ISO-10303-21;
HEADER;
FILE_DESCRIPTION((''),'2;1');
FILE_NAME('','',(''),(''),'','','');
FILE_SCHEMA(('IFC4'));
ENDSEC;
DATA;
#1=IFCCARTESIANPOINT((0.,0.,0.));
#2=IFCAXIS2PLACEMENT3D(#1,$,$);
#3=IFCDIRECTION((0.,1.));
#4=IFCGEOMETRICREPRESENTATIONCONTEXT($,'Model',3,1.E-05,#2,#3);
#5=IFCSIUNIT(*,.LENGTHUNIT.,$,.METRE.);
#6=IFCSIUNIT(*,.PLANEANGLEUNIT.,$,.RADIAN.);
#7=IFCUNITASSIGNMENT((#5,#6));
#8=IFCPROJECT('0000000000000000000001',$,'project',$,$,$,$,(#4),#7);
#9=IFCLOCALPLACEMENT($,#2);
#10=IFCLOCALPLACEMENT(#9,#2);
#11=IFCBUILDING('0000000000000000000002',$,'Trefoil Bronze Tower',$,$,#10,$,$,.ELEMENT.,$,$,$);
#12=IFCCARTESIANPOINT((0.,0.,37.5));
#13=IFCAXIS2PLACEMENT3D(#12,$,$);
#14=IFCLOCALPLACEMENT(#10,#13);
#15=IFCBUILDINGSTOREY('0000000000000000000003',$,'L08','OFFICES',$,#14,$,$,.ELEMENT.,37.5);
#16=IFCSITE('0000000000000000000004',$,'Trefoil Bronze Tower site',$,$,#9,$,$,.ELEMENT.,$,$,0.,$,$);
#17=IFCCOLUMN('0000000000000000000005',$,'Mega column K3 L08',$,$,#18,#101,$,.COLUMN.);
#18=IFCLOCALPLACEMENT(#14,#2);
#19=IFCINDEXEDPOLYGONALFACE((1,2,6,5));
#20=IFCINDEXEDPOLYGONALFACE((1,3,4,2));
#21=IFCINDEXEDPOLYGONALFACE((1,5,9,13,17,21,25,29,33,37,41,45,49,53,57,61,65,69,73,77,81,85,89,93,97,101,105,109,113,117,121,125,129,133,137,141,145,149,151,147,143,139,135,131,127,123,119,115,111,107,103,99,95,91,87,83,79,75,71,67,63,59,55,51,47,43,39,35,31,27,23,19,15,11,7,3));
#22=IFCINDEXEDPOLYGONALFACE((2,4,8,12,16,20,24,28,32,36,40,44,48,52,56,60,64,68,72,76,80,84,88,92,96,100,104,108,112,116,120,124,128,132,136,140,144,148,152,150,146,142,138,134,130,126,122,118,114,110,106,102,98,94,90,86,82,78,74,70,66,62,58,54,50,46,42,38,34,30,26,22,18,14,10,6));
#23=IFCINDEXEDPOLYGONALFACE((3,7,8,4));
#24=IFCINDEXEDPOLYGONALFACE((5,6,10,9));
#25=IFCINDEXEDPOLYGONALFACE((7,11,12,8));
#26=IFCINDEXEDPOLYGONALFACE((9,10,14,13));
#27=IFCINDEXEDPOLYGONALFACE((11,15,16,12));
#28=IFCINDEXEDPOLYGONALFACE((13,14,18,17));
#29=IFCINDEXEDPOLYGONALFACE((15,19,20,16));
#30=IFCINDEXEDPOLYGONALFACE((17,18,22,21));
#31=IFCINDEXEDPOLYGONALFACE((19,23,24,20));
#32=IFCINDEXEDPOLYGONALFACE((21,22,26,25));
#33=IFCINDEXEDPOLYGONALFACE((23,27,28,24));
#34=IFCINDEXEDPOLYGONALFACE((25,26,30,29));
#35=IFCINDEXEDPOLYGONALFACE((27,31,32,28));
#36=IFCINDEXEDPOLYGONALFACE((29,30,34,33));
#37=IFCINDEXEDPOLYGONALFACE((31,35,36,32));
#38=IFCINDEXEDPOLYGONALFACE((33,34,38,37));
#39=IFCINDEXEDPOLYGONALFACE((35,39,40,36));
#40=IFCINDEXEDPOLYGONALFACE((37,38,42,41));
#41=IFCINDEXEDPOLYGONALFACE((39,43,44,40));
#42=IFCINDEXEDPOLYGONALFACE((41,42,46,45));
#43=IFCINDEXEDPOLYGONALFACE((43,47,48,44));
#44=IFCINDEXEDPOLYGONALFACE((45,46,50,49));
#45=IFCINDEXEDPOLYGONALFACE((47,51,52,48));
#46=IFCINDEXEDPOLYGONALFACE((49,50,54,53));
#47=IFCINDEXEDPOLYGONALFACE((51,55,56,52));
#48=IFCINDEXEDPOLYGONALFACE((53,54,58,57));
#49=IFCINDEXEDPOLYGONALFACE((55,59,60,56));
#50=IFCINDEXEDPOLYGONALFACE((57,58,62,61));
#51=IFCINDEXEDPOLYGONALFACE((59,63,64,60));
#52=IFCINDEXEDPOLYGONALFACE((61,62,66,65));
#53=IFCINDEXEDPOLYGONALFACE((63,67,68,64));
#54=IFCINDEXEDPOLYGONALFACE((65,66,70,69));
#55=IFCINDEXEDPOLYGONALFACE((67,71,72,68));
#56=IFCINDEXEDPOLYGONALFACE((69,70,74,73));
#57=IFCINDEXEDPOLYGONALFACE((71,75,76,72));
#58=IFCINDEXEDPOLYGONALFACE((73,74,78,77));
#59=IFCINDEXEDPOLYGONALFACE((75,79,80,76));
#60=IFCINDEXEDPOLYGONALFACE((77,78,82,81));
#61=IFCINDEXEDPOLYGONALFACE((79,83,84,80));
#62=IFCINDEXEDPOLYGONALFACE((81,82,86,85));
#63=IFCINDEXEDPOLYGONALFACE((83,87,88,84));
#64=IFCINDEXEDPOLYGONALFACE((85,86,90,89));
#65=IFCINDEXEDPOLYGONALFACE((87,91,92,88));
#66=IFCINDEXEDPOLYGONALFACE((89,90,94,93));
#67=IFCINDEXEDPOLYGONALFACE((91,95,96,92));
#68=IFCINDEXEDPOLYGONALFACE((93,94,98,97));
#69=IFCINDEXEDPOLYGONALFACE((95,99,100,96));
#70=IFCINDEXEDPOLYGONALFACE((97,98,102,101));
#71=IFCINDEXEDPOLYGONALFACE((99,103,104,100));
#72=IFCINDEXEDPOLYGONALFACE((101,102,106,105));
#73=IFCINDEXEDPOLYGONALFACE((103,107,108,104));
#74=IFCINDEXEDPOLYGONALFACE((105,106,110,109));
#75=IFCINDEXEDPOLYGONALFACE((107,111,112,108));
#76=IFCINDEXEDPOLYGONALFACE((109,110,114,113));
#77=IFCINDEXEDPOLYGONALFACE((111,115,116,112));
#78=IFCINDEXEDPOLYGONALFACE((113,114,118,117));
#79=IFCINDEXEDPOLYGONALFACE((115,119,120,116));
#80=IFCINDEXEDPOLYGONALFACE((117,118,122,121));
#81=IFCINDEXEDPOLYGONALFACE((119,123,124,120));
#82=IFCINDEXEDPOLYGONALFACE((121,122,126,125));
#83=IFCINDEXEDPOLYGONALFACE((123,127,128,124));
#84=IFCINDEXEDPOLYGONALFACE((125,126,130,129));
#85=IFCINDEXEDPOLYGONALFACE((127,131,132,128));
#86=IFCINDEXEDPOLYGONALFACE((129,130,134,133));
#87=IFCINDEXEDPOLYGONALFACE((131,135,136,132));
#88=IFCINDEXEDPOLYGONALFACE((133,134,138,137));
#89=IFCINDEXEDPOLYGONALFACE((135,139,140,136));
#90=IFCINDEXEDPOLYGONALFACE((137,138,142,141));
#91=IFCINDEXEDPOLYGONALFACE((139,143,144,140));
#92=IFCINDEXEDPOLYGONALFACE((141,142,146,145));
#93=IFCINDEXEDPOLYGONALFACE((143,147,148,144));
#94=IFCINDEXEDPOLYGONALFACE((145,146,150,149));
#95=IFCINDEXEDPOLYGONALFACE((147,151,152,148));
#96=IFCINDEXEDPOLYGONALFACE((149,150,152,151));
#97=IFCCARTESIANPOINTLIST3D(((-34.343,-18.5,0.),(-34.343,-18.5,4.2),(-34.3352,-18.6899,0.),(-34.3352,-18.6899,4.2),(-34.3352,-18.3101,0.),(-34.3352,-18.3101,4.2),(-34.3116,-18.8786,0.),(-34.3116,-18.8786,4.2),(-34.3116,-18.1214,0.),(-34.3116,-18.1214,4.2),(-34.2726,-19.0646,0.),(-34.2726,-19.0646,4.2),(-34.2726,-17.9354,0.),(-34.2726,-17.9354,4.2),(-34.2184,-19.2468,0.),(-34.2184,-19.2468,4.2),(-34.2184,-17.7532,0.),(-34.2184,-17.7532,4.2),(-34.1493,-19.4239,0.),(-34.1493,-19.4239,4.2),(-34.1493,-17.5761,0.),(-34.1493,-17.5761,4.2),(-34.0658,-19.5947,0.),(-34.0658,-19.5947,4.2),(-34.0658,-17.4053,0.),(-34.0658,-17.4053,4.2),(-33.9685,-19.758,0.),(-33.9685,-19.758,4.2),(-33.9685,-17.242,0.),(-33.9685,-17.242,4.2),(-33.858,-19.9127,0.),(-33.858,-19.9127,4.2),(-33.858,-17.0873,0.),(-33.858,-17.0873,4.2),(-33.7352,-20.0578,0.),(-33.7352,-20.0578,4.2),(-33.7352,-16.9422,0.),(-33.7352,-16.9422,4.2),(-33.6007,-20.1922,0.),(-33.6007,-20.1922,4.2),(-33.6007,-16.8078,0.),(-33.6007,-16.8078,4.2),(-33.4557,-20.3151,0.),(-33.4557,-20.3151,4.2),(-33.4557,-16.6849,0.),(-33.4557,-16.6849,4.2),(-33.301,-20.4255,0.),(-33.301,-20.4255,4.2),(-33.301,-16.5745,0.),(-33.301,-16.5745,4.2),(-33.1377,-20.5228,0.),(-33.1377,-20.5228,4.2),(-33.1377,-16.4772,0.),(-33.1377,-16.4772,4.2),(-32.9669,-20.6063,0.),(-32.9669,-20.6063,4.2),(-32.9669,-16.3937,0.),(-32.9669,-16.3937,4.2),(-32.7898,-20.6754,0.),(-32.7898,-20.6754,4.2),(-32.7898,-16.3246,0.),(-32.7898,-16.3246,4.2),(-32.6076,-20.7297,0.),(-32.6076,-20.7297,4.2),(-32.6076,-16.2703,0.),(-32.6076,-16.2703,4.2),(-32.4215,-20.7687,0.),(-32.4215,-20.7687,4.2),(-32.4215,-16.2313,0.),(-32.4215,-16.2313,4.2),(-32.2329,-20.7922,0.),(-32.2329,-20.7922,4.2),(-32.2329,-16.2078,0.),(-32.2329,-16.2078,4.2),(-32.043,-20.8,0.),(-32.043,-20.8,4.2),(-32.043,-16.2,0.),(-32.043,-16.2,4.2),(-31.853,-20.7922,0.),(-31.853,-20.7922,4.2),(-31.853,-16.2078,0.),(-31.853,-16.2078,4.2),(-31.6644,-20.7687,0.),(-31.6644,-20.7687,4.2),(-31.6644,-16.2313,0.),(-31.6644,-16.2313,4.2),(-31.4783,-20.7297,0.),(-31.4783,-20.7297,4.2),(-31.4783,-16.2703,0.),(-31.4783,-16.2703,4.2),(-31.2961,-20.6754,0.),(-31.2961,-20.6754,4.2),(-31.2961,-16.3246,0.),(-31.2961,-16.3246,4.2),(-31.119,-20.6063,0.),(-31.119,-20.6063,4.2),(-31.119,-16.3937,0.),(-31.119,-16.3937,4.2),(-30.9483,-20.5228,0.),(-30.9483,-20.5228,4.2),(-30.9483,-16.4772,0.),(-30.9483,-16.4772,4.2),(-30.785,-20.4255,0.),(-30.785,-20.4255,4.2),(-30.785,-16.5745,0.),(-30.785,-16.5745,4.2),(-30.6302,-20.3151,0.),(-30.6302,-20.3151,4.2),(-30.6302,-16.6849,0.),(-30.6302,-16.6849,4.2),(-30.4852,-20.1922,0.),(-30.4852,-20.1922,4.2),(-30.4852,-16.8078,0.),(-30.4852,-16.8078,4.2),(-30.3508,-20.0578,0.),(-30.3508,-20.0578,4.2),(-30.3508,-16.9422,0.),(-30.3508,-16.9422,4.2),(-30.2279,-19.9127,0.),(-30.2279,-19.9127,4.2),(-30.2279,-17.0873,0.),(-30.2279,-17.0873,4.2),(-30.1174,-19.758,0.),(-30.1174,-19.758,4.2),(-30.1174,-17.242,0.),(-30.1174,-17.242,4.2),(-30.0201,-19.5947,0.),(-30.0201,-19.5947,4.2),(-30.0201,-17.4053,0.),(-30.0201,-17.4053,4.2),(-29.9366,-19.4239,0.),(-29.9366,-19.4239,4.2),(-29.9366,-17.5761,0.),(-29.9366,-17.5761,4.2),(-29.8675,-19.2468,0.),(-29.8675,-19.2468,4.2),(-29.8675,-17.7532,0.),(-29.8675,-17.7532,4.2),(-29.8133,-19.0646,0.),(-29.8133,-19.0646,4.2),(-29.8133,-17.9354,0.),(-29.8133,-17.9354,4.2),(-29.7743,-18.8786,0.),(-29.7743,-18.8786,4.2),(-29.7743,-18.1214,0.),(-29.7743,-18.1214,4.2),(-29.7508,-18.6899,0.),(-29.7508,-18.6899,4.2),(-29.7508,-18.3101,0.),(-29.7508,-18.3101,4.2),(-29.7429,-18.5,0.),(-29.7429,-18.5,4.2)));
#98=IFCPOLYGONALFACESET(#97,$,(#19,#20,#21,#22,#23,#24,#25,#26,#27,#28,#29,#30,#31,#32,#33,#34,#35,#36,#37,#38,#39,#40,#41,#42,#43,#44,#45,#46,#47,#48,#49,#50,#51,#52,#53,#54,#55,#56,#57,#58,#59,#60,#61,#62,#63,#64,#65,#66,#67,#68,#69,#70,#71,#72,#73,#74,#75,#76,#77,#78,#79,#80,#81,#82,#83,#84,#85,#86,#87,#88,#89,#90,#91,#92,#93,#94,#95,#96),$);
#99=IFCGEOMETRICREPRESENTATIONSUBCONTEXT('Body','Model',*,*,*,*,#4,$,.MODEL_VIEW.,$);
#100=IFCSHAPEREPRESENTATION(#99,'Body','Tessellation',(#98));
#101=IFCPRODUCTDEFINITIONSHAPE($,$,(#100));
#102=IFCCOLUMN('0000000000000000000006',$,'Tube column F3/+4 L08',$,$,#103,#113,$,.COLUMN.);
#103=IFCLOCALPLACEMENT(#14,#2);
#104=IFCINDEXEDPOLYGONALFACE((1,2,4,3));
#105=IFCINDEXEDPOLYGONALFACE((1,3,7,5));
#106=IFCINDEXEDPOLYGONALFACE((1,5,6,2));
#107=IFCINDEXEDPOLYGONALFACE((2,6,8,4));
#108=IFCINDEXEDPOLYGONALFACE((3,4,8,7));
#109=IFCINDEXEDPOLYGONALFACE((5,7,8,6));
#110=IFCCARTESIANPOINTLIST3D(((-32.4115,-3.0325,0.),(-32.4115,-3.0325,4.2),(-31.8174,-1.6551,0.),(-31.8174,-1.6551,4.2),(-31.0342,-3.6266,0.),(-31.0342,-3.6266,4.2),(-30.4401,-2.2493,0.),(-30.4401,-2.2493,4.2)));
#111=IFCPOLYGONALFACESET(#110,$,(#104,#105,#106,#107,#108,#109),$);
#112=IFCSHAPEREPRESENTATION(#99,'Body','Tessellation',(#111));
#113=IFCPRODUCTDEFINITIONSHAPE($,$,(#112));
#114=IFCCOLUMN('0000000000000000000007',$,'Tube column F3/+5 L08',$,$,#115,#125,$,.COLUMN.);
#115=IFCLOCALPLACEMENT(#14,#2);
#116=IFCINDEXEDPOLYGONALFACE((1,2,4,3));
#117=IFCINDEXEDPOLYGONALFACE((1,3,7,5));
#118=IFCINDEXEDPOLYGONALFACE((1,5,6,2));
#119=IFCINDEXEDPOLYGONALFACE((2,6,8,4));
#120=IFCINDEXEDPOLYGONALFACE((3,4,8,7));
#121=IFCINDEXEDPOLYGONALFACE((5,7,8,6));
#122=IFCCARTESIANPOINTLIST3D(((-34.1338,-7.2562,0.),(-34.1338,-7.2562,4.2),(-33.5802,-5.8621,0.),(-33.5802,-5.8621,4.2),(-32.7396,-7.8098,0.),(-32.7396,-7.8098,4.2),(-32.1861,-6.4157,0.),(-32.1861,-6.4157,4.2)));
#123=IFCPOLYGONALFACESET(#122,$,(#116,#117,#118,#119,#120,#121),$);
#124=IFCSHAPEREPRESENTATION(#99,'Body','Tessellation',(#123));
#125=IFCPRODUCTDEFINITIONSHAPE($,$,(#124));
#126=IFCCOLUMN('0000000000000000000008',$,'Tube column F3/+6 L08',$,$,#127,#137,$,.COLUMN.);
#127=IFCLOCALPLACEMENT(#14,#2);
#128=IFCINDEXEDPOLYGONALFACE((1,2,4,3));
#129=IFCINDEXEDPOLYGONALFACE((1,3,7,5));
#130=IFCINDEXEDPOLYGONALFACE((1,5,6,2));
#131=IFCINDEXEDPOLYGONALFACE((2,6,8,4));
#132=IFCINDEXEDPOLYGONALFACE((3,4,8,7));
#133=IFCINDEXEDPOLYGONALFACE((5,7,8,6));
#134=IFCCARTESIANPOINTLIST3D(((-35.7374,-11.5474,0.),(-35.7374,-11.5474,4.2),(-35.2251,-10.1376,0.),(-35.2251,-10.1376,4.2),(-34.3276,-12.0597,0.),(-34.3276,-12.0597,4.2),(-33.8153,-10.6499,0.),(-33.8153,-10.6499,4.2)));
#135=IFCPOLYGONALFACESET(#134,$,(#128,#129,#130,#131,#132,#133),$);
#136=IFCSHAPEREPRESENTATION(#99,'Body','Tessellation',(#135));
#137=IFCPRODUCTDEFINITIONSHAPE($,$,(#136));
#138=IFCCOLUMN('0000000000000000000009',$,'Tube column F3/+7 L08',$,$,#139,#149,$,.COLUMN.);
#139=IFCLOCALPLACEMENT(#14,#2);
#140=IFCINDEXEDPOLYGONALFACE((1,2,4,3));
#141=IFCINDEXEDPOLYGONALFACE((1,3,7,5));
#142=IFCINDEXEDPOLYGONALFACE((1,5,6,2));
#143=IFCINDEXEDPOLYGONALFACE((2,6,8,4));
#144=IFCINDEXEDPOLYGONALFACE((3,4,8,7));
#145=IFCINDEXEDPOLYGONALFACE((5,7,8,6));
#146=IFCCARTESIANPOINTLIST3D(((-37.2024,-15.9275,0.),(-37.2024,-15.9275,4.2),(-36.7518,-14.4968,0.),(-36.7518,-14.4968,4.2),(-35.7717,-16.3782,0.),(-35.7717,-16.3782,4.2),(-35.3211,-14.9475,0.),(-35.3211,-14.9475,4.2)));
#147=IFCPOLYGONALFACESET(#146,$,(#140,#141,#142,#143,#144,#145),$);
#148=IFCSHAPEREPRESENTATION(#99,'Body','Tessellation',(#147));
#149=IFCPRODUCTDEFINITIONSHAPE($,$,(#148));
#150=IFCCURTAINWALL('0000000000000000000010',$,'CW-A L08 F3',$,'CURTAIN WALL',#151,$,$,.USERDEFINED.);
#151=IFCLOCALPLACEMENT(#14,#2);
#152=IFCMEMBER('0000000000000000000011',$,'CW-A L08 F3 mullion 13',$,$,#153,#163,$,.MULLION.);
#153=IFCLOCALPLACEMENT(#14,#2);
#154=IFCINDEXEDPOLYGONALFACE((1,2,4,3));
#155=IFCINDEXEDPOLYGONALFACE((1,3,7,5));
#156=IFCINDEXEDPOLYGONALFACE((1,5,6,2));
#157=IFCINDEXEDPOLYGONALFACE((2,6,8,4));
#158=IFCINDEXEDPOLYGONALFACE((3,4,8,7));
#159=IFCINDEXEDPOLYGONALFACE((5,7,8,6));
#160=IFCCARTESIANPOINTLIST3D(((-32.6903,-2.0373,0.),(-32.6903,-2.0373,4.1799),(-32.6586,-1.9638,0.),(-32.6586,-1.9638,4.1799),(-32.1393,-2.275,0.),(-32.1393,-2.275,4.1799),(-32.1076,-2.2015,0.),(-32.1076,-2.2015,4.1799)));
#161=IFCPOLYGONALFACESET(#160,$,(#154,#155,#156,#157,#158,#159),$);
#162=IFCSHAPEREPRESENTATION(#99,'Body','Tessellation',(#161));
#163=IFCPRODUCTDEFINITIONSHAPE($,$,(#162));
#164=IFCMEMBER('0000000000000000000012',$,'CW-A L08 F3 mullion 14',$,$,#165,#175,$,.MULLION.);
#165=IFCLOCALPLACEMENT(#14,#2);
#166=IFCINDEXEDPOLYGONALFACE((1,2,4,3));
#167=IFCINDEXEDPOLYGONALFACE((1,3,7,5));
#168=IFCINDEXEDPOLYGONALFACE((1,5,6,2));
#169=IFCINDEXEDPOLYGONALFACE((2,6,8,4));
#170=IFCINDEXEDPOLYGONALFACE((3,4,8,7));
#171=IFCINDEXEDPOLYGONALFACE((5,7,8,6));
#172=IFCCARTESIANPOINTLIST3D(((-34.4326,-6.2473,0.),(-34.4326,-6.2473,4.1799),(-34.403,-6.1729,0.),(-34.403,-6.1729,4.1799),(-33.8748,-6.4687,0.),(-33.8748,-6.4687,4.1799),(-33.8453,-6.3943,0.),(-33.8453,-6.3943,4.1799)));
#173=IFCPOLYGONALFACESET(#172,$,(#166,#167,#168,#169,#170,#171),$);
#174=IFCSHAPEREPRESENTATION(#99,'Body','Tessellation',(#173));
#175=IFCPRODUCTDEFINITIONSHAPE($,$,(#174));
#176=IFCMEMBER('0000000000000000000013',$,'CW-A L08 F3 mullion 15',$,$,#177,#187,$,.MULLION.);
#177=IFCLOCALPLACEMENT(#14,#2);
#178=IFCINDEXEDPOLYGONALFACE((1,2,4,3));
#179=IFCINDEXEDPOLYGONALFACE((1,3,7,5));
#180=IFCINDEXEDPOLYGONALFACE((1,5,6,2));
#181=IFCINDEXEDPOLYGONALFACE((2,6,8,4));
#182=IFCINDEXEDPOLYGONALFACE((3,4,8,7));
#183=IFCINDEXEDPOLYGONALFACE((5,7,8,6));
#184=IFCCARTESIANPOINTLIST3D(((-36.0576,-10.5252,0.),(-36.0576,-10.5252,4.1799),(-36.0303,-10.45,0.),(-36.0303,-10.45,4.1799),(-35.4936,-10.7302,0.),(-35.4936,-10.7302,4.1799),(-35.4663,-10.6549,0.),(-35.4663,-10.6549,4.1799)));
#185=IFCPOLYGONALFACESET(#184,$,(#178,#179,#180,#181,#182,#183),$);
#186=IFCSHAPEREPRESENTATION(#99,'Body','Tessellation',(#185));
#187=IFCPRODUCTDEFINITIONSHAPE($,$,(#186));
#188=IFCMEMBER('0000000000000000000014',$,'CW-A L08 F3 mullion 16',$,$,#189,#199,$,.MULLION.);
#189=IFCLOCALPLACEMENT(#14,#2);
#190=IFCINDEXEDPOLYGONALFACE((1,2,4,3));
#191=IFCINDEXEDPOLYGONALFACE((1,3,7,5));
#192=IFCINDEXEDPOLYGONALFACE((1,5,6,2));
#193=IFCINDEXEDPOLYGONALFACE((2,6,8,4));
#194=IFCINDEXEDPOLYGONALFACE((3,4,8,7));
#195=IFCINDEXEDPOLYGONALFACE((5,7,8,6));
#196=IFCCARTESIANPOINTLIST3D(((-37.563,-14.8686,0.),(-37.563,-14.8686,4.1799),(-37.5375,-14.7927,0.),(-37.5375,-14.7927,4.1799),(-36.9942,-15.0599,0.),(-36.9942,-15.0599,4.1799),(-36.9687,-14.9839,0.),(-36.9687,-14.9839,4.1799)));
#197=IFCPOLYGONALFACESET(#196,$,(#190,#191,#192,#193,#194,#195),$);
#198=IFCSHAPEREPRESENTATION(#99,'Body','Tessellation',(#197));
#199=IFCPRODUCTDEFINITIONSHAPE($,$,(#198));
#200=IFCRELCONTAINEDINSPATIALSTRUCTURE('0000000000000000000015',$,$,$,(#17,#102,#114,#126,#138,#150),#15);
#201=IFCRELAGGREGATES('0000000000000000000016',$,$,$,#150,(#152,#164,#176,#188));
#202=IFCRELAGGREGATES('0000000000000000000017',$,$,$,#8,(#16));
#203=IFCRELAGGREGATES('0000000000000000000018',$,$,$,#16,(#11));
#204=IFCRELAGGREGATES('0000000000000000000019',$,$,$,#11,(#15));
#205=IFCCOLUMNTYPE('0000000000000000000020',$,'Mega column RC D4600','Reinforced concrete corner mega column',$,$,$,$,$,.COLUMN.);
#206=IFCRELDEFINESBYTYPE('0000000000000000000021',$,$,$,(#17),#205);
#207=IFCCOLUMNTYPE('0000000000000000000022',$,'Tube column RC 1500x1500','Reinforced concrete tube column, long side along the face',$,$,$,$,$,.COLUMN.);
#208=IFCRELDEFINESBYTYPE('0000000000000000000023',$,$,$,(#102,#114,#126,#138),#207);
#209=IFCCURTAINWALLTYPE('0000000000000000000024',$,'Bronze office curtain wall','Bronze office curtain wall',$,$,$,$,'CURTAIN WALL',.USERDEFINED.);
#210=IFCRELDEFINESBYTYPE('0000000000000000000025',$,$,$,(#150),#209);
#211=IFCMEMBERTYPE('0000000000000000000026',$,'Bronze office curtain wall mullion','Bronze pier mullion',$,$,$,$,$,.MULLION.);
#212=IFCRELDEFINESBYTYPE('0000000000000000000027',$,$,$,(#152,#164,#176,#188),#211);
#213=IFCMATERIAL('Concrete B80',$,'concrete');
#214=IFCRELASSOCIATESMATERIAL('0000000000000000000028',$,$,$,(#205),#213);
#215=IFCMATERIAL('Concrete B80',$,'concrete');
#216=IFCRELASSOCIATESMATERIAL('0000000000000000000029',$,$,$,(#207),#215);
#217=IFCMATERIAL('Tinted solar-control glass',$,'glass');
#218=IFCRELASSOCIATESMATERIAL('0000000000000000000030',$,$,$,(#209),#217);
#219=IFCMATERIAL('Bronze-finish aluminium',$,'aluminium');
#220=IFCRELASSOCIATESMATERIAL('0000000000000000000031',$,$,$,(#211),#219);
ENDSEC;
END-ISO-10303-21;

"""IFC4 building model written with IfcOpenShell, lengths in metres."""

from ifc_helpers import new_model, si_unit, direction, frame, origin, origin_2d, place, context, subcontext, project, spatial, rectangle, circle, extrude, material, material_profile, profile_set, type_object, element, aggregate, save


model = new_model("IFC4")

# Units and contexts
model_context = context("Model", 3, precision=1e-05, world=origin(), true_north=direction((0.0, 1.0)))
body_context = subcontext(model_context, "Body", "Model", "MODEL_VIEW")
ifc_project = project(units=[si_unit("LENGTHUNIT", "METRE"), si_unit("PLANEANGLEUNIT", "RADIAN")], contexts=[model_context])

# Site, building, storey
site_placement = place(None, origin())
site = spatial("IfcSite", under=ifc_project, at=site_placement, Name="Trefoil Bronze Tower site", CompositionType="ELEMENT", RefElevation=0.0)
building_placement = place(site_placement, origin())
building = spatial("IfcBuilding", under=site, at=building_placement, Name="Trefoil Bronze Tower", CompositionType="ELEMENT")
storey_placement = place(building_placement, frame((0.0, 0.0, 37.5)))
storey = spatial("IfcBuildingStorey", under=building, at=storey_placement, Name="L08", Description="OFFICES", CompositionType="ELEMENT", Elevation=37.5)

# Columns
ifc_material_1 = material(Name="Concrete B80", Category="concrete")
ifc_material_profile_1 = material_profile(ifc_material_1, circle(Radius=2.3, at=origin_2d()), Name="RC D4600")
ifc_profile_set_1 = profile_set([ifc_material_profile_1], Name="Concrete B80")
column_type_1 = type_object("IfcColumnType", Name="Mega column RC D4600", Description="Reinforced concrete corner mega column", PredefinedType="COLUMN", material=ifc_profile_set_1)
column_placement = place(storey_placement, frame((-32.043, -18.5, 0.0), z_axis=(0.0, 0.0, 1.0), x_axis=(1.0, 0.0, 0.0)))
element("IfcColumn", 1, at=column_placement, inside=storey, type_object=column_type_1, Name="Mega column K3 L08", PredefinedType="COLUMN", context=body_context, shape_type="SweptSolid", body=[
    extrude(circle(Radius=2.3, at=origin_2d()), origin(), (0.0, 0.0, 1.0), 4.2),
])
ifc_material_2 = material(Name="Concrete B80", Category="concrete")
ifc_material_profile_2 = material_profile(ifc_material_2, rectangle(XDim=1.5, YDim=1.5, at=origin_2d()), Name="RC 1500x1500")
ifc_profile_set_2 = profile_set([ifc_material_profile_2], Name="Concrete B80")
column_type_2 = type_object("IfcColumnType", Name="Tube column RC 1500x1500", Description="Reinforced concrete tube column, long side along the face", PredefinedType="COLUMN", material=ifc_profile_set_2)
for number, where, z_axis, x_axis, name in (
    (2, (-31.4258, -2.6409, 0.0), (0.0, 0.0, 1.0), (-0.396085, -0.918214, 0.0), "Tube column F3/+4 L08"),
    (3, (-33.1599, -6.8359, 0.0), (0.0, 0.0, 1.0), (-0.36904, -0.929414, 0.0), "Tube column F3/+5 L08"),
    (4, (-34.7764, -11.0986, 0.0), (0.0, 0.0, 1.0), (-0.341559, -0.93986, 0.0), "Tube column F3/+6 L08"),
    (5, (-36.2617, -15.4375, 0.0), (0.0, 0.0, 1.0), (-0.300414, -0.953809, 0.0), "Tube column F3/+7 L08"),
):
    element("IfcColumn", number, at=place(storey_placement, frame(where, z_axis=z_axis, x_axis=x_axis)), inside=storey, type_object=column_type_2, Name=name, PredefinedType="COLUMN", context=body_context, shape_type="SweptSolid", body=[
        extrude(rectangle(XDim=1.5, YDim=1.5, at=origin_2d()), origin(), (0.0, 0.0, 1.0), 4.2),
    ])

# Curtain wall, members
ifc_material_3 = material(Name="Tinted solar-control glass", Category="glass")
curtain_wall_type_1 = type_object("IfcCurtainWallType", Name="Bronze office curtain wall", Description="Bronze office curtain wall", ElementType="CURTAIN WALL", PredefinedType="USERDEFINED", material=ifc_material_3)
curtain_wall_1_placement = place(storey_placement, origin())
curtain_wall_1 = element("IfcCurtainWall", 6, at=curtain_wall_1_placement, inside=storey, type_object=curtain_wall_type_1, Name="CW-A L08 F3", ObjectType="CURTAIN WALL", PredefinedType="USERDEFINED")
ifc_material_4 = material(Name="Bronze-finish aluminium", Category="aluminium")
ifc_material_profile_3 = material_profile(ifc_material_4, rectangle(XDim=0.6001, YDim=0.0801, at=origin_2d()), Name="CW-A mullion")
ifc_profile_set_3 = profile_set([ifc_material_profile_3], Name="Bronze-finish aluminium")
member_type_1 = type_object("IfcMemberType", Name="Bronze office curtain wall mullion", Description="Bronze pier mullion", PredefinedType="MULLION", material=ifc_profile_set_3)
member_1_placement = place(storey_placement, frame((-32.3989, -2.1194, 0.0), z_axis=(0.0, 0.0, 1.0), x_axis=(0.918214, -0.396085, 0.0)))
member_1 = element("IfcMember", 7, at=member_1_placement, type_object=member_type_1, Name="CW-A L08 F3 mullion 13", PredefinedType="MULLION", context=body_context, shape_type="SweptSolid", body=[
    extrude(rectangle(XDim=0.6001, YDim=0.0801, at=origin_2d()), origin(), (0.0, 0.0, 1.0), 4.1799),
])
member_2_placement = place(storey_placement, frame((-34.1389, -6.3208, 0.0), z_axis=(0.0, 0.0, 1.0), x_axis=(0.929414, -0.36904, 0.0)))
member_2 = element("IfcMember", 8, at=member_2_placement, type_object=member_type_1, Name="CW-A L08 F3 mullion 14", PredefinedType="MULLION", context=body_context, shape_type="SweptSolid", body=[
    extrude(rectangle(XDim=0.6001, YDim=0.0801, at=origin_2d()), origin(), (0.0, 0.0, 1.0), 4.1799),
])
member_3_placement = place(storey_placement, frame((-35.762, -10.5901, 0.0), z_axis=(0.0, 0.0, 1.0), x_axis=(0.93986, -0.341559, 0.0)))
member_3 = element("IfcMember", 9, at=member_3_placement, type_object=member_type_1, Name="CW-A L08 F3 mullion 15", PredefinedType="MULLION", context=body_context, shape_type="SweptSolid", body=[
    extrude(rectangle(XDim=0.6001, YDim=0.0801, at=origin_2d()), origin(), (0.0, 0.0, 1.0), 4.1799),
])
member_4_placement = place(storey_placement, frame((-37.2659, -14.9263, 0.0), z_axis=(0.0, 0.0, 1.0), x_axis=(0.947851, -0.318715, 0.0)))
member_4 = element("IfcMember", 10, at=member_4_placement, type_object=member_type_1, Name="CW-A L08 F3 mullion 16", PredefinedType="MULLION", context=body_context, shape_type="SweptSolid", body=[
    extrude(rectangle(XDim=0.6001, YDim=0.0801, at=origin_2d()), origin(), (0.0, 0.0, 1.0), 4.1799),
])

aggregate(curtain_wall_1, [member_1, member_2, member_3, member_4])

save(model, "model.ifc")
